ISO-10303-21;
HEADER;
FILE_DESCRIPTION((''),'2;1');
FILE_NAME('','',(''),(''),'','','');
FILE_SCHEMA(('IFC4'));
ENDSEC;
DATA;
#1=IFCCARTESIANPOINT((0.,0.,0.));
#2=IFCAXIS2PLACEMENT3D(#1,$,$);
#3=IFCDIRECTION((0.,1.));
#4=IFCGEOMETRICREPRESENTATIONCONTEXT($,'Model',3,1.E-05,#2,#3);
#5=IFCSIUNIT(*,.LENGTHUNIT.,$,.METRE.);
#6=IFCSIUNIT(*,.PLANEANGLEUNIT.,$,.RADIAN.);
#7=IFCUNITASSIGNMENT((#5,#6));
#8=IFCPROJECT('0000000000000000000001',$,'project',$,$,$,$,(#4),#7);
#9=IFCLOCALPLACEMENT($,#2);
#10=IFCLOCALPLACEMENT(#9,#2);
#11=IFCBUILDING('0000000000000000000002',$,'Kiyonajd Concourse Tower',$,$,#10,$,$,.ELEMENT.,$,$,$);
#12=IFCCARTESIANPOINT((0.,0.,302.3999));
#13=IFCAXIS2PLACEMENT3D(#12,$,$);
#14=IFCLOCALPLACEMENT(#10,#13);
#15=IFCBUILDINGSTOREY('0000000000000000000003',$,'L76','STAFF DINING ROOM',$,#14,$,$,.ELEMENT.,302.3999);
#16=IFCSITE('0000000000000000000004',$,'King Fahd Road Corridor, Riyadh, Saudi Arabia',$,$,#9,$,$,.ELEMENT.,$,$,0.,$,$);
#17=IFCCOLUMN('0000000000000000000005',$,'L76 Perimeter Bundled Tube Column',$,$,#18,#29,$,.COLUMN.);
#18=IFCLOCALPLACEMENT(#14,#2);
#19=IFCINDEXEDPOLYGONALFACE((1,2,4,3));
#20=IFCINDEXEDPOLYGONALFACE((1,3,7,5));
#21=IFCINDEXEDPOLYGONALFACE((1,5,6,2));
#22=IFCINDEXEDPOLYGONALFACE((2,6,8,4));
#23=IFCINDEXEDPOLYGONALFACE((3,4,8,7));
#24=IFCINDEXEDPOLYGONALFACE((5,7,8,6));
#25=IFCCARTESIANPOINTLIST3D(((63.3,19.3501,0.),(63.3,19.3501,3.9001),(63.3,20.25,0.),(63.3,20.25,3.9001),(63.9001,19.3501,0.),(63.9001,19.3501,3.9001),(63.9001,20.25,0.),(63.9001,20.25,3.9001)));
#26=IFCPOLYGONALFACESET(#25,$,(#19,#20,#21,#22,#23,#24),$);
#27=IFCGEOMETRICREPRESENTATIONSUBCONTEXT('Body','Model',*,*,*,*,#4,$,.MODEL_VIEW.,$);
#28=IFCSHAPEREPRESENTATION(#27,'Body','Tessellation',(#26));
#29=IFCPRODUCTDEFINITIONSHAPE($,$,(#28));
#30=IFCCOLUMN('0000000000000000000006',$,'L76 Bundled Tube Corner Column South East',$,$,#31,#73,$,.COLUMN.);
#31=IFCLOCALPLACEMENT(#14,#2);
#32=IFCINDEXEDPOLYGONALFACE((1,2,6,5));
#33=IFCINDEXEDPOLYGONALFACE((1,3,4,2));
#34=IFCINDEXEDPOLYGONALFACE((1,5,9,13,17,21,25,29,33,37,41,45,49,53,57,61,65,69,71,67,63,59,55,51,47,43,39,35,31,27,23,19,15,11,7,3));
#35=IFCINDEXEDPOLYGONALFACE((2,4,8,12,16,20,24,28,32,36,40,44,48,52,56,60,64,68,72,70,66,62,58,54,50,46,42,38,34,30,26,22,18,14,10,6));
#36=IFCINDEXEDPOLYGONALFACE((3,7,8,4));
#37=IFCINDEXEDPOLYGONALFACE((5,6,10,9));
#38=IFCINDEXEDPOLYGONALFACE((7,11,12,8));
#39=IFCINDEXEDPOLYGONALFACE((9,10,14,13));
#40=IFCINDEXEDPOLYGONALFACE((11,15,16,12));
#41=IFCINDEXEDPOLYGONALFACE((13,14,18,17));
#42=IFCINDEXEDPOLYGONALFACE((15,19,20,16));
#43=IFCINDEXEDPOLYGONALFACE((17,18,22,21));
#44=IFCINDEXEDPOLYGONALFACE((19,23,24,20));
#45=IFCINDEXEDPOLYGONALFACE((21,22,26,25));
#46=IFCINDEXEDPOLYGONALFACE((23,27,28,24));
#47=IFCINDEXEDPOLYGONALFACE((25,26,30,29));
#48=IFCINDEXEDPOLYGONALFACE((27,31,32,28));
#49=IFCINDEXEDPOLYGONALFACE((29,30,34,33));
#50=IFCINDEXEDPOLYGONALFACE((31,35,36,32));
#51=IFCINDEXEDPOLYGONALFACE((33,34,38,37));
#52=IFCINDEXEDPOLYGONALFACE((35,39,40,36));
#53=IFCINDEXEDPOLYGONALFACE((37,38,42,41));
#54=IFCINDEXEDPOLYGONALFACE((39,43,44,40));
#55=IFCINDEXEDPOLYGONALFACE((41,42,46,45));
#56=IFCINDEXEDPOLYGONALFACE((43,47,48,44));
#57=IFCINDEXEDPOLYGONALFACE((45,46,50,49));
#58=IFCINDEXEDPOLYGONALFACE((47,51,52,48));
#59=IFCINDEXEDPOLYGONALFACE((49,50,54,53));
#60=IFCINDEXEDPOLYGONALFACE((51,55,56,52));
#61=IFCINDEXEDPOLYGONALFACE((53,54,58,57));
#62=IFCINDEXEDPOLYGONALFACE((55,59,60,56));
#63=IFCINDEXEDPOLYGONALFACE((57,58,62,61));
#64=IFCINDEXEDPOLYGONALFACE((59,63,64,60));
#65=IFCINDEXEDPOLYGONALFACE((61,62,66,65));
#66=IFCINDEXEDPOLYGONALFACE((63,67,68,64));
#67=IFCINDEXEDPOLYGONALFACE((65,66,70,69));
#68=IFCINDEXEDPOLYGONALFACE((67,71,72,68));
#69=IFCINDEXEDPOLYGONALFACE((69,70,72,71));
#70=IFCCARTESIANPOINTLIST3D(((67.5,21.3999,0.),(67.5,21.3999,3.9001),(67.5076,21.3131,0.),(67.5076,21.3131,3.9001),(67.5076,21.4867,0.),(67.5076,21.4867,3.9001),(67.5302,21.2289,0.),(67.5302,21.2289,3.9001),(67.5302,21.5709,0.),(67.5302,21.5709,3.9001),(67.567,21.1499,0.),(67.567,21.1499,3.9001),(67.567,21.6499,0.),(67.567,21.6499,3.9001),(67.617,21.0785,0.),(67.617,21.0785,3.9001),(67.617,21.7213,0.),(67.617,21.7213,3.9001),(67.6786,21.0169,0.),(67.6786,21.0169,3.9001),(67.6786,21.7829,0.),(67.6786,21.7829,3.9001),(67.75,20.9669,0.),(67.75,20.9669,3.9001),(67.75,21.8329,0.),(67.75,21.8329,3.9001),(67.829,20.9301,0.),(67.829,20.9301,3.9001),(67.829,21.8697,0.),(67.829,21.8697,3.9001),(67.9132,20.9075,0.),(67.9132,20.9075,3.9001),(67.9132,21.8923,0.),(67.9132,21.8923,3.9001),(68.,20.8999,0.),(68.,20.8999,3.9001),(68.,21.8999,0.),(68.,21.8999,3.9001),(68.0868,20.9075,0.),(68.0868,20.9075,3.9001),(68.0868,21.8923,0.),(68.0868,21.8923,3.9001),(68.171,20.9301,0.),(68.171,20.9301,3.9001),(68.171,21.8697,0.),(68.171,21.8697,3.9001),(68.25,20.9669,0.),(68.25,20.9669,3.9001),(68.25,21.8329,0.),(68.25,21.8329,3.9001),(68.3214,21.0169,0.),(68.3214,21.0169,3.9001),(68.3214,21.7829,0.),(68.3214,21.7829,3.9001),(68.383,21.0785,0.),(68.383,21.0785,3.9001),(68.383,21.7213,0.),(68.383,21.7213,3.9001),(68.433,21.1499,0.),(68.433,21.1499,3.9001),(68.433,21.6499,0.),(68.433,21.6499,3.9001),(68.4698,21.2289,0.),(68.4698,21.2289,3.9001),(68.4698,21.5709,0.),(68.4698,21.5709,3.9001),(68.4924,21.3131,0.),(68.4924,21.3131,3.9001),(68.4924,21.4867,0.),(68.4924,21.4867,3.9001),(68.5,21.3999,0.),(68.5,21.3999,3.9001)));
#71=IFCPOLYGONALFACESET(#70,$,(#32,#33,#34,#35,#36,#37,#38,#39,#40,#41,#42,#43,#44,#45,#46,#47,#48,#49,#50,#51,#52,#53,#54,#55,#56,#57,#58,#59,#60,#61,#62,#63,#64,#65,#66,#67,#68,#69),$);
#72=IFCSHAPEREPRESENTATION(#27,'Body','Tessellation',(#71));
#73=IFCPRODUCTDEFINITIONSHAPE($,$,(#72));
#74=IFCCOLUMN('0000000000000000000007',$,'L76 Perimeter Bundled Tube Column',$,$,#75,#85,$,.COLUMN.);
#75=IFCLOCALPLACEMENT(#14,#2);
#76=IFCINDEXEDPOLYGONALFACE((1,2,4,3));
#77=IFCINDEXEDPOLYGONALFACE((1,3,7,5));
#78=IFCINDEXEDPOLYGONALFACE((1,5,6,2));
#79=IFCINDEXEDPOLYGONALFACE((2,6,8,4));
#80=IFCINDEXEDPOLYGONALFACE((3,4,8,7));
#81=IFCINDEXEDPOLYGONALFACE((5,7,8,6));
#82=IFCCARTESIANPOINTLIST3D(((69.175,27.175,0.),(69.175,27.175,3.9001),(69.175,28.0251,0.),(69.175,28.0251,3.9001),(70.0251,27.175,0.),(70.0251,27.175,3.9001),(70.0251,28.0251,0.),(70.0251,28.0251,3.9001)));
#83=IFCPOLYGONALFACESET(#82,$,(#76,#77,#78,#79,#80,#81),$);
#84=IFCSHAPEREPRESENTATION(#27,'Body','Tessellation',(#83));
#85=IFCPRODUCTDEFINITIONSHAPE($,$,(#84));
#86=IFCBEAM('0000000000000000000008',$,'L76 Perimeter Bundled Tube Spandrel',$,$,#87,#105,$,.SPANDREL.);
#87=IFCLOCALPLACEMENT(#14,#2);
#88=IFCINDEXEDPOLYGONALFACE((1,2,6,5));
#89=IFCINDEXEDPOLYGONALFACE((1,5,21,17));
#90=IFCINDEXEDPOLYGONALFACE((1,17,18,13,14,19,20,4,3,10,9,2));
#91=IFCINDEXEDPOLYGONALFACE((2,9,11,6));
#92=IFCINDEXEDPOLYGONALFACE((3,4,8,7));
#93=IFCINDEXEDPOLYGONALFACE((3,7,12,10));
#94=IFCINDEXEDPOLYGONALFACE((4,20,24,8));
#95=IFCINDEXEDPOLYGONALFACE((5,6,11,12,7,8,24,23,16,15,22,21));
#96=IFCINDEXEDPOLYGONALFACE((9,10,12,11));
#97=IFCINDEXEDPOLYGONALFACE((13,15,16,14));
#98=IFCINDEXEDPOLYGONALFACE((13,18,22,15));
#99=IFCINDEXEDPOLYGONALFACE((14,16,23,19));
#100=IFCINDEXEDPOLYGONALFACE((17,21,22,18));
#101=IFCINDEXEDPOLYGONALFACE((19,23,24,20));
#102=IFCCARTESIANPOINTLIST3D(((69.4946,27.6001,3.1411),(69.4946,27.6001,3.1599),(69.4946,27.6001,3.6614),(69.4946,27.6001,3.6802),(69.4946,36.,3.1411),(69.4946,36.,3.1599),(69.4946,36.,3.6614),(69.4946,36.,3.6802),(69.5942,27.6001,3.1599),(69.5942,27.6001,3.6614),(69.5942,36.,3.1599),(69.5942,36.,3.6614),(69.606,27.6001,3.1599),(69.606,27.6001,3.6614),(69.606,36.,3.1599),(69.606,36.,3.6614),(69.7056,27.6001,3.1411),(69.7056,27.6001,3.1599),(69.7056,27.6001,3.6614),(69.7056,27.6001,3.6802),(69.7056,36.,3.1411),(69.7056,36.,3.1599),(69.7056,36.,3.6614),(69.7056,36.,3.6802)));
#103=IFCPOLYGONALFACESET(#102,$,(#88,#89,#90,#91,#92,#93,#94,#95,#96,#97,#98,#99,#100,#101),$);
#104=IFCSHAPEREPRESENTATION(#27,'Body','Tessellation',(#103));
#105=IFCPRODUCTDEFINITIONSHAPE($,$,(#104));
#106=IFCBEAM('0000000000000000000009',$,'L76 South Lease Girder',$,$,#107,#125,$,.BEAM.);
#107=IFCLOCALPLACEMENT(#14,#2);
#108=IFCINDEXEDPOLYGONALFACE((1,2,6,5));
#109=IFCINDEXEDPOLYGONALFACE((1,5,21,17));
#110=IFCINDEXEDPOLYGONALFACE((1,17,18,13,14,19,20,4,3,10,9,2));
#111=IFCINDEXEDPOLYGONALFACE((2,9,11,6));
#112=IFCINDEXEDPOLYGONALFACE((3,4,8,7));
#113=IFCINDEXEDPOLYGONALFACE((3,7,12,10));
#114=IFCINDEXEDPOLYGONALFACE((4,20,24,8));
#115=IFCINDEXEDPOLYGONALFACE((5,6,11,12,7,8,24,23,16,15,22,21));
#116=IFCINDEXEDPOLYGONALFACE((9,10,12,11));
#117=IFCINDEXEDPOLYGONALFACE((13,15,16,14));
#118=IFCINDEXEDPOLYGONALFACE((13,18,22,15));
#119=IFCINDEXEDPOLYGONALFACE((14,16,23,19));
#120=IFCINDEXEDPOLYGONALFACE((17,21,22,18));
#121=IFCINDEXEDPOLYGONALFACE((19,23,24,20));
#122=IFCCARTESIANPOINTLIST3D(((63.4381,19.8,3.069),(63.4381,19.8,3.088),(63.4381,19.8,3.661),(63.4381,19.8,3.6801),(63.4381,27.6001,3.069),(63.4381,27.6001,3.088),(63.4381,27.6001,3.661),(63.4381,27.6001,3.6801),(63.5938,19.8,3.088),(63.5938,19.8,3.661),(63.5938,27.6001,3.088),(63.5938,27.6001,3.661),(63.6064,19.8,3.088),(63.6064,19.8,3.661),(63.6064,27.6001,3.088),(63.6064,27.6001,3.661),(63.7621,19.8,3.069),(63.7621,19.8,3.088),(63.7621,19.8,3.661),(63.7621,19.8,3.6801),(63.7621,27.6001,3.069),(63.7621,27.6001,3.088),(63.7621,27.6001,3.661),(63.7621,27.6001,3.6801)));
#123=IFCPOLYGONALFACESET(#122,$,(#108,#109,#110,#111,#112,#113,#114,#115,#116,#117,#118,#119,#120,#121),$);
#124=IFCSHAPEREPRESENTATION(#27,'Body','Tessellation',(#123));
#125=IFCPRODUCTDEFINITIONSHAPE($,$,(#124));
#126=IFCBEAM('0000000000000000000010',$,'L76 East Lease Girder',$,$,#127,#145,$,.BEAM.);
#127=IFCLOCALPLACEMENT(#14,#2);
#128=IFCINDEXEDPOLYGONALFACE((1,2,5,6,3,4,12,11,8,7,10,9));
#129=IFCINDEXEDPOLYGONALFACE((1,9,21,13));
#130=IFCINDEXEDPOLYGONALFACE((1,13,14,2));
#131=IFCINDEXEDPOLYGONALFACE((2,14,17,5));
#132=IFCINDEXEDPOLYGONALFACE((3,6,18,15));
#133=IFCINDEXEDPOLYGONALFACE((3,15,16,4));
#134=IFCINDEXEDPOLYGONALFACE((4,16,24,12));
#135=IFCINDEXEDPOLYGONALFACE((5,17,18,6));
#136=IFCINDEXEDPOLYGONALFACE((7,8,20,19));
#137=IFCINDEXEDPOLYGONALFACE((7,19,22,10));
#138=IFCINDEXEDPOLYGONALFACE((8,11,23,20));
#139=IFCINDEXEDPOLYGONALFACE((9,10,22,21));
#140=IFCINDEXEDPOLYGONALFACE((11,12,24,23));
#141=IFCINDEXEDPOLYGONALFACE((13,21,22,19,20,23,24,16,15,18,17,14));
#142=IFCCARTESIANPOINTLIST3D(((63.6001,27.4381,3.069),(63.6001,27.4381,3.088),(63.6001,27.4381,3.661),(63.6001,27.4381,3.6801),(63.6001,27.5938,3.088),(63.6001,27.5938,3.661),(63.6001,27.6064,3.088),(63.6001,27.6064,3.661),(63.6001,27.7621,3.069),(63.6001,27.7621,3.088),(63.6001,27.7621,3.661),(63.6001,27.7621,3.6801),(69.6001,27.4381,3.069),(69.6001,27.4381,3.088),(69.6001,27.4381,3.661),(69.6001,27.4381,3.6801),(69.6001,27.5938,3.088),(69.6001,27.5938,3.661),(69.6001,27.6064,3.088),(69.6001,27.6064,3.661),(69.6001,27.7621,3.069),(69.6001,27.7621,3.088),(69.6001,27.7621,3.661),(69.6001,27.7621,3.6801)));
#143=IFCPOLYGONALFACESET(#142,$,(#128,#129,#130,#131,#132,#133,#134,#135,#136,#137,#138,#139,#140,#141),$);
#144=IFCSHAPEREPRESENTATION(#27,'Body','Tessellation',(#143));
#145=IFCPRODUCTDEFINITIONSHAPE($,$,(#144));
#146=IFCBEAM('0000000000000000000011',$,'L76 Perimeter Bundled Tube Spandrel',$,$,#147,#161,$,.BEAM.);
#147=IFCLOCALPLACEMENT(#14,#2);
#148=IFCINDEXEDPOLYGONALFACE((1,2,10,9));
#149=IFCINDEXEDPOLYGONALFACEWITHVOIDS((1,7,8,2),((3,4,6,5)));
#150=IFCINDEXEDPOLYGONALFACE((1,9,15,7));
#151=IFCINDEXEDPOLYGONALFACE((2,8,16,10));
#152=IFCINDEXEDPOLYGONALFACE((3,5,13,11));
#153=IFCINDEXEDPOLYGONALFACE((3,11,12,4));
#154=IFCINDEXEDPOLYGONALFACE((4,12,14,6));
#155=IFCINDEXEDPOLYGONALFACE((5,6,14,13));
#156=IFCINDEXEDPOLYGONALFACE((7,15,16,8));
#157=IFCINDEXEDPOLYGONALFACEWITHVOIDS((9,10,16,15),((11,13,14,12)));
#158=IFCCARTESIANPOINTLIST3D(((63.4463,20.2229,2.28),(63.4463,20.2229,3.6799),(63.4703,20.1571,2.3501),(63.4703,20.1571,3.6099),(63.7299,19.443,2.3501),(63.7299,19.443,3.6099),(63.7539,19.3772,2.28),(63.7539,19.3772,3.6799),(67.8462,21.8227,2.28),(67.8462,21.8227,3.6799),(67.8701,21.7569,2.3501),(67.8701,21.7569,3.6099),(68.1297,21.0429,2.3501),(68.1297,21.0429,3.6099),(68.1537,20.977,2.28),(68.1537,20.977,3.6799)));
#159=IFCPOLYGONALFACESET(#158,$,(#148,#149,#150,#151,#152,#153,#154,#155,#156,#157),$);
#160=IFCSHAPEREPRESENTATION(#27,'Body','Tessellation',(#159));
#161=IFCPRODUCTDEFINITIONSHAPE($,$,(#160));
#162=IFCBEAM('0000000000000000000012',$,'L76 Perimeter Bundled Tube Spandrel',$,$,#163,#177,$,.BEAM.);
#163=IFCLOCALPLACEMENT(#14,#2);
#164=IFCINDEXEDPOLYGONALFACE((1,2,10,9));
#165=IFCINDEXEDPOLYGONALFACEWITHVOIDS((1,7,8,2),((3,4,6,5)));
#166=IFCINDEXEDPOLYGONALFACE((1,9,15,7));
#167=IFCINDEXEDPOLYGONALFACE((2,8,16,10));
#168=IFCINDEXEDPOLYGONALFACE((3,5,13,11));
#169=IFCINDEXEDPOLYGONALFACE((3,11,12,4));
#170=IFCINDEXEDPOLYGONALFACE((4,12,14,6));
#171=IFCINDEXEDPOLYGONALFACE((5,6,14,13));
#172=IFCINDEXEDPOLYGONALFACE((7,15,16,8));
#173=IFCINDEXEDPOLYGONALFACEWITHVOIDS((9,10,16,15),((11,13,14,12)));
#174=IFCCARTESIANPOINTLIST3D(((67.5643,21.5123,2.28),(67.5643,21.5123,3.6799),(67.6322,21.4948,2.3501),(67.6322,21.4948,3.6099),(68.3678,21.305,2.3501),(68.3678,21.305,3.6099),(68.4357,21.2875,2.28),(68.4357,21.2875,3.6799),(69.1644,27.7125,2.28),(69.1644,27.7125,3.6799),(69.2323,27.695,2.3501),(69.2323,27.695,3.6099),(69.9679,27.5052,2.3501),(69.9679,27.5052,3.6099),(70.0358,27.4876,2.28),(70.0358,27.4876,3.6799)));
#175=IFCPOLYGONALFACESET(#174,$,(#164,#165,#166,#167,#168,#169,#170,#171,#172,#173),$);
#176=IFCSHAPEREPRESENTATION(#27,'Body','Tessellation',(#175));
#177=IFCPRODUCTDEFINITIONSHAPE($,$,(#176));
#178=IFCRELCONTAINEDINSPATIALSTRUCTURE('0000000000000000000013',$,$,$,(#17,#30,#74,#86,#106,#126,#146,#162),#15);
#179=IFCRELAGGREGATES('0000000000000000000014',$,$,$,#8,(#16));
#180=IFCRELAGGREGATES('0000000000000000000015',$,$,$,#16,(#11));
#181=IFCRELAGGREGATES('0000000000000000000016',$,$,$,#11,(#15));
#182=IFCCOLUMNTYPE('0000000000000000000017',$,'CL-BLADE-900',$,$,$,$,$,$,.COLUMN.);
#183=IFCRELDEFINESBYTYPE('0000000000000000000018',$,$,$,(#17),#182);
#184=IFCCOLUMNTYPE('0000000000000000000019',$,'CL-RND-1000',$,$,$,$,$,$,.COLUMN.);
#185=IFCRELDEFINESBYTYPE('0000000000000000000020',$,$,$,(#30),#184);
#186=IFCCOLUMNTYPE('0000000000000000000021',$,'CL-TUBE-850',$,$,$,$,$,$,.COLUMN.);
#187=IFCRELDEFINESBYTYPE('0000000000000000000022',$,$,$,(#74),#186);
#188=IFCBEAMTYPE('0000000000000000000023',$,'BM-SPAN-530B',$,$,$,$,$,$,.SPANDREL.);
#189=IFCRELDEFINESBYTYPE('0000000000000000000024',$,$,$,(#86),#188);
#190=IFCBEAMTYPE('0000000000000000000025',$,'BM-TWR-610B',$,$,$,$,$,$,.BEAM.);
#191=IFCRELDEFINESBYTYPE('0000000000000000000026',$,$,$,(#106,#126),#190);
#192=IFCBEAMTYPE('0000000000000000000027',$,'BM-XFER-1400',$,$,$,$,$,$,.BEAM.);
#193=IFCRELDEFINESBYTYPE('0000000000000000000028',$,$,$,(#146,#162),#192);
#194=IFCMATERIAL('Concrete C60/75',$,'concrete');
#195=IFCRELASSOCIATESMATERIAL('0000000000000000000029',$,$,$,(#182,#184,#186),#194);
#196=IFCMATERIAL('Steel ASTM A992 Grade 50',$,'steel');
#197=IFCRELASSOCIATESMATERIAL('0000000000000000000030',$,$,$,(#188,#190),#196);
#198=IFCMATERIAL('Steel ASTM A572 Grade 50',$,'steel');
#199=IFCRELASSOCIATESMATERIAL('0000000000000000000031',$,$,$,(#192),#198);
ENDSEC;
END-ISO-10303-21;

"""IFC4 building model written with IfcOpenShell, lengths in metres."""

from ifc_helpers import new_model, si_unit, direction, frame, origin, origin_2d, place, context, subcontext, project, spatial, rectangle, hollow_rectangle, circle, i_section, extrude, material, material_profile, profile_set, type_object, element, save


model = new_model("IFC4")

# Units and contexts
model_context = context("Model", 3, precision=1e-05, world=origin(), true_north=direction((0.0, 1.0)))
body_context = subcontext(model_context, "Body", "Model", "MODEL_VIEW")
ifc_project = project(units=[si_unit("LENGTHUNIT", "METRE"), si_unit("PLANEANGLEUNIT", "RADIAN")], contexts=[model_context])

# Site, building, storey
site_placement = place(None, origin())
site = spatial("IfcSite", under=ifc_project, at=site_placement, Name="King Fahd Road Corridor, Riyadh, Saudi Arabia", CompositionType="ELEMENT", RefElevation=0.0)
building_placement = place(site_placement, origin())
building = spatial("IfcBuilding", under=site, at=building_placement, Name="Kiyonajd Concourse Tower", CompositionType="ELEMENT")
storey_placement = place(building_placement, frame((0.0, 0.0, 302.3999)))
storey = spatial("IfcBuildingStorey", under=building, at=storey_placement, Name="L76", Description="STAFF DINING ROOM", CompositionType="ELEMENT", Elevation=302.3999)

# Columns
ifc_material_1 = material(Name="Concrete C60/75", Category="concrete")
ifc_material_profile_1 = material_profile(ifc_material_1, rectangle(XDim=0.6001, YDim=0.8999, at=origin_2d()), Name="RC-900x600")
ifc_profile_set_1 = profile_set([ifc_material_profile_1], Name="Concrete C60/75")
column_type_1 = type_object("IfcColumnType", Name="CL-BLADE-900", PredefinedType="COLUMN", material=ifc_profile_set_1)
column_1_placement = place(storey_placement, frame((63.6001, 19.8, 0.0), z_axis=(0.0, 0.0, 1.0), x_axis=(1.0, 0.0, 0.0)))
element("IfcColumn", 1, at=column_1_placement, inside=storey, type_object=column_type_1, Name="L76 Perimeter Bundled Tube Column", PredefinedType="COLUMN", context=body_context, shape_type="SweptSolid", body=[
    extrude(rectangle(XDim=0.6001, YDim=0.8999, at=origin_2d()), origin(), (0.0, 0.0, 1.0), 3.9001),
])
ifc_material_profile_2 = material_profile(ifc_material_1, circle(Radius=0.5, at=origin_2d()), Name="RCC-D1000")
ifc_profile_set_2 = profile_set([ifc_material_profile_2], Name="Concrete C60/75")
column_type_2 = type_object("IfcColumnType", Name="CL-RND-1000", PredefinedType="COLUMN", material=ifc_profile_set_2)
column_2_placement = place(storey_placement, frame((68.0, 21.3999, 0.0), z_axis=(0.0, 0.0, 1.0), x_axis=(1.0, 0.0, 0.0)))
element("IfcColumn", 2, at=column_2_placement, inside=storey, type_object=column_type_2, Name="L76 Bundled Tube Corner Column South East", PredefinedType="COLUMN", context=body_context, shape_type="SweptSolid", body=[
    extrude(circle(Radius=0.5, at=origin_2d()), origin(), (0.0, 0.0, 1.0), 3.9001),
])
ifc_material_profile_3 = material_profile(ifc_material_1, rectangle(XDim=0.8501, YDim=0.8501, at=origin_2d()), Name="RC-850x850")
ifc_profile_set_3 = profile_set([ifc_material_profile_3], Name="Concrete C60/75")
column_type_3 = type_object("IfcColumnType", Name="CL-TUBE-850", PredefinedType="COLUMN", material=ifc_profile_set_3)
column_3_placement = place(storey_placement, frame((69.6001, 27.6001, 0.0), z_axis=(0.0, 0.0, 1.0), x_axis=(1.0, 0.0, 0.0)))
element("IfcColumn", 3, at=column_3_placement, inside=storey, type_object=column_type_3, Name="L76 Perimeter Bundled Tube Column", PredefinedType="COLUMN", context=body_context, shape_type="SweptSolid", body=[
    extrude(rectangle(XDim=0.8501, YDim=0.8501, at=origin_2d()), origin(), (0.0, 0.0, 1.0), 3.9001),
])

# Beams
ifc_material_2 = material(Name="Steel ASTM A992 Grade 50", Category="steel")
ifc_material_profile_4 = material_profile(ifc_material_2, i_section(OverallWidth=0.2109, OverallDepth=0.5391, WebThickness=0.0117, FlangeThickness=0.0188, at=origin_2d()), Name="W530X109")
ifc_profile_set_4 = profile_set([ifc_material_profile_4], Name="Steel ASTM A992 Grade 50")
beam_type_1 = type_object("IfcBeamType", Name="BM-SPAN-530B", PredefinedType="SPANDREL", material=ifc_profile_set_4)
beam_1_placement = place(storey_placement, frame((69.6001, 27.6001, 3.4106), z_axis=(0.0, 1.0, 0.0), x_axis=(-1.0, 0.0, 0.0)))
element("IfcBeam", 4, at=beam_1_placement, inside=storey, type_object=beam_type_1, Name="L76 Perimeter Bundled Tube Spandrel", PredefinedType="SPANDREL", context=body_context, shape_type="SweptSolid", body=[
    extrude(i_section(OverallWidth=0.2109, OverallDepth=0.5391, WebThickness=0.0117, FlangeThickness=0.0188, at=origin_2d()), origin(), (0.0, 0.0, 1.0), 8.3999),
])
ifc_material_profile_5 = material_profile(ifc_material_2, i_section(OverallWidth=0.324, OverallDepth=0.6111, WebThickness=0.0127, FlangeThickness=0.019, at=origin_2d()), Name="W610X155")
ifc_profile_set_5 = profile_set([ifc_material_profile_5], Name="Steel ASTM A992 Grade 50")
beam_type_2 = type_object("IfcBeamType", Name="BM-TWR-610B", PredefinedType="BEAM", material=ifc_profile_set_5)
beam_2_placement = place(storey_placement, frame((63.6001, 19.8, 3.3745), z_axis=(0.0, 1.0, 0.0), x_axis=(-1.0, 0.0, 0.0)))
element("IfcBeam", 5, at=beam_2_placement, inside=storey, type_object=beam_type_2, Name="L76 South Lease Girder", PredefinedType="BEAM", context=body_context, shape_type="SweptSolid", body=[
    extrude(i_section(OverallWidth=0.324, OverallDepth=0.6111, WebThickness=0.0127, FlangeThickness=0.019, at=origin_2d()), origin(), (0.0, 0.0, 1.0), 7.8),
])
beam_3_placement = place(storey_placement, frame((63.6001, 27.6001, 3.3745), z_axis=(1.0, 0.0, 0.0), x_axis=(0.0, 1.0, 0.0)))
element("IfcBeam", 6, at=beam_3_placement, inside=storey, type_object=beam_type_2, Name="L76 East Lease Girder", PredefinedType="BEAM", context=body_context, shape_type="SweptSolid", body=[
    extrude(i_section(OverallWidth=0.324, OverallDepth=0.6111, WebThickness=0.0127, FlangeThickness=0.019, at=origin_2d()), origin(), (0.0, 0.0, 1.0), 6.0),
])
ifc_material_3 = material(Name="Steel ASTM A572 Grade 50", Category="steel")
ifc_material_profile_6 = material_profile(ifc_material_3, hollow_rectangle(XDim=0.8999, YDim=1.3999, WallThickness=0.0701, at=origin_2d()), Name="BOX-1400x900x70")
ifc_profile_set_6 = profile_set([ifc_material_profile_6], Name="Steel ASTM A572 Grade 50")
beam_type_3 = type_object("IfcBeamType", Name="BM-XFER-1400", PredefinedType="BEAM", material=ifc_profile_set_6)
beam_4_placement = place(storey_placement, frame((63.6001, 19.8, 2.98), z_axis=(0.939801, 0.341722, 0.0), x_axis=(-0.341722, 0.939801, 0.0)))
element("IfcBeam", 7, at=beam_4_placement, inside=storey, type_object=beam_type_3, Name="L76 Perimeter Bundled Tube Spandrel", PredefinedType="BEAM", context=body_context, shape_type="SweptSolid", body=[
    extrude(hollow_rectangle(XDim=0.8999, YDim=1.3999, WallThickness=0.0701, at=origin_2d()), origin(), (0.0, 0.0, 1.0), 4.6816),
])
beam_5_placement = place(storey_placement, frame((68.0, 21.3999, 2.98), z_axis=(0.249885, 0.968276, 0.0), x_axis=(-0.968276, 0.249885, 0.0)))
element("IfcBeam", 8, at=beam_5_placement, inside=storey, type_object=beam_type_3, Name="L76 Perimeter Bundled Tube Spandrel", PredefinedType="BEAM", context=body_context, shape_type="SweptSolid", body=[
    extrude(hollow_rectangle(XDim=0.8999, YDim=1.3999, WallThickness=0.0701, at=origin_2d()), origin(), (0.0, 0.0, 1.0), 6.4033),
])

save(model, "model.ifc")
